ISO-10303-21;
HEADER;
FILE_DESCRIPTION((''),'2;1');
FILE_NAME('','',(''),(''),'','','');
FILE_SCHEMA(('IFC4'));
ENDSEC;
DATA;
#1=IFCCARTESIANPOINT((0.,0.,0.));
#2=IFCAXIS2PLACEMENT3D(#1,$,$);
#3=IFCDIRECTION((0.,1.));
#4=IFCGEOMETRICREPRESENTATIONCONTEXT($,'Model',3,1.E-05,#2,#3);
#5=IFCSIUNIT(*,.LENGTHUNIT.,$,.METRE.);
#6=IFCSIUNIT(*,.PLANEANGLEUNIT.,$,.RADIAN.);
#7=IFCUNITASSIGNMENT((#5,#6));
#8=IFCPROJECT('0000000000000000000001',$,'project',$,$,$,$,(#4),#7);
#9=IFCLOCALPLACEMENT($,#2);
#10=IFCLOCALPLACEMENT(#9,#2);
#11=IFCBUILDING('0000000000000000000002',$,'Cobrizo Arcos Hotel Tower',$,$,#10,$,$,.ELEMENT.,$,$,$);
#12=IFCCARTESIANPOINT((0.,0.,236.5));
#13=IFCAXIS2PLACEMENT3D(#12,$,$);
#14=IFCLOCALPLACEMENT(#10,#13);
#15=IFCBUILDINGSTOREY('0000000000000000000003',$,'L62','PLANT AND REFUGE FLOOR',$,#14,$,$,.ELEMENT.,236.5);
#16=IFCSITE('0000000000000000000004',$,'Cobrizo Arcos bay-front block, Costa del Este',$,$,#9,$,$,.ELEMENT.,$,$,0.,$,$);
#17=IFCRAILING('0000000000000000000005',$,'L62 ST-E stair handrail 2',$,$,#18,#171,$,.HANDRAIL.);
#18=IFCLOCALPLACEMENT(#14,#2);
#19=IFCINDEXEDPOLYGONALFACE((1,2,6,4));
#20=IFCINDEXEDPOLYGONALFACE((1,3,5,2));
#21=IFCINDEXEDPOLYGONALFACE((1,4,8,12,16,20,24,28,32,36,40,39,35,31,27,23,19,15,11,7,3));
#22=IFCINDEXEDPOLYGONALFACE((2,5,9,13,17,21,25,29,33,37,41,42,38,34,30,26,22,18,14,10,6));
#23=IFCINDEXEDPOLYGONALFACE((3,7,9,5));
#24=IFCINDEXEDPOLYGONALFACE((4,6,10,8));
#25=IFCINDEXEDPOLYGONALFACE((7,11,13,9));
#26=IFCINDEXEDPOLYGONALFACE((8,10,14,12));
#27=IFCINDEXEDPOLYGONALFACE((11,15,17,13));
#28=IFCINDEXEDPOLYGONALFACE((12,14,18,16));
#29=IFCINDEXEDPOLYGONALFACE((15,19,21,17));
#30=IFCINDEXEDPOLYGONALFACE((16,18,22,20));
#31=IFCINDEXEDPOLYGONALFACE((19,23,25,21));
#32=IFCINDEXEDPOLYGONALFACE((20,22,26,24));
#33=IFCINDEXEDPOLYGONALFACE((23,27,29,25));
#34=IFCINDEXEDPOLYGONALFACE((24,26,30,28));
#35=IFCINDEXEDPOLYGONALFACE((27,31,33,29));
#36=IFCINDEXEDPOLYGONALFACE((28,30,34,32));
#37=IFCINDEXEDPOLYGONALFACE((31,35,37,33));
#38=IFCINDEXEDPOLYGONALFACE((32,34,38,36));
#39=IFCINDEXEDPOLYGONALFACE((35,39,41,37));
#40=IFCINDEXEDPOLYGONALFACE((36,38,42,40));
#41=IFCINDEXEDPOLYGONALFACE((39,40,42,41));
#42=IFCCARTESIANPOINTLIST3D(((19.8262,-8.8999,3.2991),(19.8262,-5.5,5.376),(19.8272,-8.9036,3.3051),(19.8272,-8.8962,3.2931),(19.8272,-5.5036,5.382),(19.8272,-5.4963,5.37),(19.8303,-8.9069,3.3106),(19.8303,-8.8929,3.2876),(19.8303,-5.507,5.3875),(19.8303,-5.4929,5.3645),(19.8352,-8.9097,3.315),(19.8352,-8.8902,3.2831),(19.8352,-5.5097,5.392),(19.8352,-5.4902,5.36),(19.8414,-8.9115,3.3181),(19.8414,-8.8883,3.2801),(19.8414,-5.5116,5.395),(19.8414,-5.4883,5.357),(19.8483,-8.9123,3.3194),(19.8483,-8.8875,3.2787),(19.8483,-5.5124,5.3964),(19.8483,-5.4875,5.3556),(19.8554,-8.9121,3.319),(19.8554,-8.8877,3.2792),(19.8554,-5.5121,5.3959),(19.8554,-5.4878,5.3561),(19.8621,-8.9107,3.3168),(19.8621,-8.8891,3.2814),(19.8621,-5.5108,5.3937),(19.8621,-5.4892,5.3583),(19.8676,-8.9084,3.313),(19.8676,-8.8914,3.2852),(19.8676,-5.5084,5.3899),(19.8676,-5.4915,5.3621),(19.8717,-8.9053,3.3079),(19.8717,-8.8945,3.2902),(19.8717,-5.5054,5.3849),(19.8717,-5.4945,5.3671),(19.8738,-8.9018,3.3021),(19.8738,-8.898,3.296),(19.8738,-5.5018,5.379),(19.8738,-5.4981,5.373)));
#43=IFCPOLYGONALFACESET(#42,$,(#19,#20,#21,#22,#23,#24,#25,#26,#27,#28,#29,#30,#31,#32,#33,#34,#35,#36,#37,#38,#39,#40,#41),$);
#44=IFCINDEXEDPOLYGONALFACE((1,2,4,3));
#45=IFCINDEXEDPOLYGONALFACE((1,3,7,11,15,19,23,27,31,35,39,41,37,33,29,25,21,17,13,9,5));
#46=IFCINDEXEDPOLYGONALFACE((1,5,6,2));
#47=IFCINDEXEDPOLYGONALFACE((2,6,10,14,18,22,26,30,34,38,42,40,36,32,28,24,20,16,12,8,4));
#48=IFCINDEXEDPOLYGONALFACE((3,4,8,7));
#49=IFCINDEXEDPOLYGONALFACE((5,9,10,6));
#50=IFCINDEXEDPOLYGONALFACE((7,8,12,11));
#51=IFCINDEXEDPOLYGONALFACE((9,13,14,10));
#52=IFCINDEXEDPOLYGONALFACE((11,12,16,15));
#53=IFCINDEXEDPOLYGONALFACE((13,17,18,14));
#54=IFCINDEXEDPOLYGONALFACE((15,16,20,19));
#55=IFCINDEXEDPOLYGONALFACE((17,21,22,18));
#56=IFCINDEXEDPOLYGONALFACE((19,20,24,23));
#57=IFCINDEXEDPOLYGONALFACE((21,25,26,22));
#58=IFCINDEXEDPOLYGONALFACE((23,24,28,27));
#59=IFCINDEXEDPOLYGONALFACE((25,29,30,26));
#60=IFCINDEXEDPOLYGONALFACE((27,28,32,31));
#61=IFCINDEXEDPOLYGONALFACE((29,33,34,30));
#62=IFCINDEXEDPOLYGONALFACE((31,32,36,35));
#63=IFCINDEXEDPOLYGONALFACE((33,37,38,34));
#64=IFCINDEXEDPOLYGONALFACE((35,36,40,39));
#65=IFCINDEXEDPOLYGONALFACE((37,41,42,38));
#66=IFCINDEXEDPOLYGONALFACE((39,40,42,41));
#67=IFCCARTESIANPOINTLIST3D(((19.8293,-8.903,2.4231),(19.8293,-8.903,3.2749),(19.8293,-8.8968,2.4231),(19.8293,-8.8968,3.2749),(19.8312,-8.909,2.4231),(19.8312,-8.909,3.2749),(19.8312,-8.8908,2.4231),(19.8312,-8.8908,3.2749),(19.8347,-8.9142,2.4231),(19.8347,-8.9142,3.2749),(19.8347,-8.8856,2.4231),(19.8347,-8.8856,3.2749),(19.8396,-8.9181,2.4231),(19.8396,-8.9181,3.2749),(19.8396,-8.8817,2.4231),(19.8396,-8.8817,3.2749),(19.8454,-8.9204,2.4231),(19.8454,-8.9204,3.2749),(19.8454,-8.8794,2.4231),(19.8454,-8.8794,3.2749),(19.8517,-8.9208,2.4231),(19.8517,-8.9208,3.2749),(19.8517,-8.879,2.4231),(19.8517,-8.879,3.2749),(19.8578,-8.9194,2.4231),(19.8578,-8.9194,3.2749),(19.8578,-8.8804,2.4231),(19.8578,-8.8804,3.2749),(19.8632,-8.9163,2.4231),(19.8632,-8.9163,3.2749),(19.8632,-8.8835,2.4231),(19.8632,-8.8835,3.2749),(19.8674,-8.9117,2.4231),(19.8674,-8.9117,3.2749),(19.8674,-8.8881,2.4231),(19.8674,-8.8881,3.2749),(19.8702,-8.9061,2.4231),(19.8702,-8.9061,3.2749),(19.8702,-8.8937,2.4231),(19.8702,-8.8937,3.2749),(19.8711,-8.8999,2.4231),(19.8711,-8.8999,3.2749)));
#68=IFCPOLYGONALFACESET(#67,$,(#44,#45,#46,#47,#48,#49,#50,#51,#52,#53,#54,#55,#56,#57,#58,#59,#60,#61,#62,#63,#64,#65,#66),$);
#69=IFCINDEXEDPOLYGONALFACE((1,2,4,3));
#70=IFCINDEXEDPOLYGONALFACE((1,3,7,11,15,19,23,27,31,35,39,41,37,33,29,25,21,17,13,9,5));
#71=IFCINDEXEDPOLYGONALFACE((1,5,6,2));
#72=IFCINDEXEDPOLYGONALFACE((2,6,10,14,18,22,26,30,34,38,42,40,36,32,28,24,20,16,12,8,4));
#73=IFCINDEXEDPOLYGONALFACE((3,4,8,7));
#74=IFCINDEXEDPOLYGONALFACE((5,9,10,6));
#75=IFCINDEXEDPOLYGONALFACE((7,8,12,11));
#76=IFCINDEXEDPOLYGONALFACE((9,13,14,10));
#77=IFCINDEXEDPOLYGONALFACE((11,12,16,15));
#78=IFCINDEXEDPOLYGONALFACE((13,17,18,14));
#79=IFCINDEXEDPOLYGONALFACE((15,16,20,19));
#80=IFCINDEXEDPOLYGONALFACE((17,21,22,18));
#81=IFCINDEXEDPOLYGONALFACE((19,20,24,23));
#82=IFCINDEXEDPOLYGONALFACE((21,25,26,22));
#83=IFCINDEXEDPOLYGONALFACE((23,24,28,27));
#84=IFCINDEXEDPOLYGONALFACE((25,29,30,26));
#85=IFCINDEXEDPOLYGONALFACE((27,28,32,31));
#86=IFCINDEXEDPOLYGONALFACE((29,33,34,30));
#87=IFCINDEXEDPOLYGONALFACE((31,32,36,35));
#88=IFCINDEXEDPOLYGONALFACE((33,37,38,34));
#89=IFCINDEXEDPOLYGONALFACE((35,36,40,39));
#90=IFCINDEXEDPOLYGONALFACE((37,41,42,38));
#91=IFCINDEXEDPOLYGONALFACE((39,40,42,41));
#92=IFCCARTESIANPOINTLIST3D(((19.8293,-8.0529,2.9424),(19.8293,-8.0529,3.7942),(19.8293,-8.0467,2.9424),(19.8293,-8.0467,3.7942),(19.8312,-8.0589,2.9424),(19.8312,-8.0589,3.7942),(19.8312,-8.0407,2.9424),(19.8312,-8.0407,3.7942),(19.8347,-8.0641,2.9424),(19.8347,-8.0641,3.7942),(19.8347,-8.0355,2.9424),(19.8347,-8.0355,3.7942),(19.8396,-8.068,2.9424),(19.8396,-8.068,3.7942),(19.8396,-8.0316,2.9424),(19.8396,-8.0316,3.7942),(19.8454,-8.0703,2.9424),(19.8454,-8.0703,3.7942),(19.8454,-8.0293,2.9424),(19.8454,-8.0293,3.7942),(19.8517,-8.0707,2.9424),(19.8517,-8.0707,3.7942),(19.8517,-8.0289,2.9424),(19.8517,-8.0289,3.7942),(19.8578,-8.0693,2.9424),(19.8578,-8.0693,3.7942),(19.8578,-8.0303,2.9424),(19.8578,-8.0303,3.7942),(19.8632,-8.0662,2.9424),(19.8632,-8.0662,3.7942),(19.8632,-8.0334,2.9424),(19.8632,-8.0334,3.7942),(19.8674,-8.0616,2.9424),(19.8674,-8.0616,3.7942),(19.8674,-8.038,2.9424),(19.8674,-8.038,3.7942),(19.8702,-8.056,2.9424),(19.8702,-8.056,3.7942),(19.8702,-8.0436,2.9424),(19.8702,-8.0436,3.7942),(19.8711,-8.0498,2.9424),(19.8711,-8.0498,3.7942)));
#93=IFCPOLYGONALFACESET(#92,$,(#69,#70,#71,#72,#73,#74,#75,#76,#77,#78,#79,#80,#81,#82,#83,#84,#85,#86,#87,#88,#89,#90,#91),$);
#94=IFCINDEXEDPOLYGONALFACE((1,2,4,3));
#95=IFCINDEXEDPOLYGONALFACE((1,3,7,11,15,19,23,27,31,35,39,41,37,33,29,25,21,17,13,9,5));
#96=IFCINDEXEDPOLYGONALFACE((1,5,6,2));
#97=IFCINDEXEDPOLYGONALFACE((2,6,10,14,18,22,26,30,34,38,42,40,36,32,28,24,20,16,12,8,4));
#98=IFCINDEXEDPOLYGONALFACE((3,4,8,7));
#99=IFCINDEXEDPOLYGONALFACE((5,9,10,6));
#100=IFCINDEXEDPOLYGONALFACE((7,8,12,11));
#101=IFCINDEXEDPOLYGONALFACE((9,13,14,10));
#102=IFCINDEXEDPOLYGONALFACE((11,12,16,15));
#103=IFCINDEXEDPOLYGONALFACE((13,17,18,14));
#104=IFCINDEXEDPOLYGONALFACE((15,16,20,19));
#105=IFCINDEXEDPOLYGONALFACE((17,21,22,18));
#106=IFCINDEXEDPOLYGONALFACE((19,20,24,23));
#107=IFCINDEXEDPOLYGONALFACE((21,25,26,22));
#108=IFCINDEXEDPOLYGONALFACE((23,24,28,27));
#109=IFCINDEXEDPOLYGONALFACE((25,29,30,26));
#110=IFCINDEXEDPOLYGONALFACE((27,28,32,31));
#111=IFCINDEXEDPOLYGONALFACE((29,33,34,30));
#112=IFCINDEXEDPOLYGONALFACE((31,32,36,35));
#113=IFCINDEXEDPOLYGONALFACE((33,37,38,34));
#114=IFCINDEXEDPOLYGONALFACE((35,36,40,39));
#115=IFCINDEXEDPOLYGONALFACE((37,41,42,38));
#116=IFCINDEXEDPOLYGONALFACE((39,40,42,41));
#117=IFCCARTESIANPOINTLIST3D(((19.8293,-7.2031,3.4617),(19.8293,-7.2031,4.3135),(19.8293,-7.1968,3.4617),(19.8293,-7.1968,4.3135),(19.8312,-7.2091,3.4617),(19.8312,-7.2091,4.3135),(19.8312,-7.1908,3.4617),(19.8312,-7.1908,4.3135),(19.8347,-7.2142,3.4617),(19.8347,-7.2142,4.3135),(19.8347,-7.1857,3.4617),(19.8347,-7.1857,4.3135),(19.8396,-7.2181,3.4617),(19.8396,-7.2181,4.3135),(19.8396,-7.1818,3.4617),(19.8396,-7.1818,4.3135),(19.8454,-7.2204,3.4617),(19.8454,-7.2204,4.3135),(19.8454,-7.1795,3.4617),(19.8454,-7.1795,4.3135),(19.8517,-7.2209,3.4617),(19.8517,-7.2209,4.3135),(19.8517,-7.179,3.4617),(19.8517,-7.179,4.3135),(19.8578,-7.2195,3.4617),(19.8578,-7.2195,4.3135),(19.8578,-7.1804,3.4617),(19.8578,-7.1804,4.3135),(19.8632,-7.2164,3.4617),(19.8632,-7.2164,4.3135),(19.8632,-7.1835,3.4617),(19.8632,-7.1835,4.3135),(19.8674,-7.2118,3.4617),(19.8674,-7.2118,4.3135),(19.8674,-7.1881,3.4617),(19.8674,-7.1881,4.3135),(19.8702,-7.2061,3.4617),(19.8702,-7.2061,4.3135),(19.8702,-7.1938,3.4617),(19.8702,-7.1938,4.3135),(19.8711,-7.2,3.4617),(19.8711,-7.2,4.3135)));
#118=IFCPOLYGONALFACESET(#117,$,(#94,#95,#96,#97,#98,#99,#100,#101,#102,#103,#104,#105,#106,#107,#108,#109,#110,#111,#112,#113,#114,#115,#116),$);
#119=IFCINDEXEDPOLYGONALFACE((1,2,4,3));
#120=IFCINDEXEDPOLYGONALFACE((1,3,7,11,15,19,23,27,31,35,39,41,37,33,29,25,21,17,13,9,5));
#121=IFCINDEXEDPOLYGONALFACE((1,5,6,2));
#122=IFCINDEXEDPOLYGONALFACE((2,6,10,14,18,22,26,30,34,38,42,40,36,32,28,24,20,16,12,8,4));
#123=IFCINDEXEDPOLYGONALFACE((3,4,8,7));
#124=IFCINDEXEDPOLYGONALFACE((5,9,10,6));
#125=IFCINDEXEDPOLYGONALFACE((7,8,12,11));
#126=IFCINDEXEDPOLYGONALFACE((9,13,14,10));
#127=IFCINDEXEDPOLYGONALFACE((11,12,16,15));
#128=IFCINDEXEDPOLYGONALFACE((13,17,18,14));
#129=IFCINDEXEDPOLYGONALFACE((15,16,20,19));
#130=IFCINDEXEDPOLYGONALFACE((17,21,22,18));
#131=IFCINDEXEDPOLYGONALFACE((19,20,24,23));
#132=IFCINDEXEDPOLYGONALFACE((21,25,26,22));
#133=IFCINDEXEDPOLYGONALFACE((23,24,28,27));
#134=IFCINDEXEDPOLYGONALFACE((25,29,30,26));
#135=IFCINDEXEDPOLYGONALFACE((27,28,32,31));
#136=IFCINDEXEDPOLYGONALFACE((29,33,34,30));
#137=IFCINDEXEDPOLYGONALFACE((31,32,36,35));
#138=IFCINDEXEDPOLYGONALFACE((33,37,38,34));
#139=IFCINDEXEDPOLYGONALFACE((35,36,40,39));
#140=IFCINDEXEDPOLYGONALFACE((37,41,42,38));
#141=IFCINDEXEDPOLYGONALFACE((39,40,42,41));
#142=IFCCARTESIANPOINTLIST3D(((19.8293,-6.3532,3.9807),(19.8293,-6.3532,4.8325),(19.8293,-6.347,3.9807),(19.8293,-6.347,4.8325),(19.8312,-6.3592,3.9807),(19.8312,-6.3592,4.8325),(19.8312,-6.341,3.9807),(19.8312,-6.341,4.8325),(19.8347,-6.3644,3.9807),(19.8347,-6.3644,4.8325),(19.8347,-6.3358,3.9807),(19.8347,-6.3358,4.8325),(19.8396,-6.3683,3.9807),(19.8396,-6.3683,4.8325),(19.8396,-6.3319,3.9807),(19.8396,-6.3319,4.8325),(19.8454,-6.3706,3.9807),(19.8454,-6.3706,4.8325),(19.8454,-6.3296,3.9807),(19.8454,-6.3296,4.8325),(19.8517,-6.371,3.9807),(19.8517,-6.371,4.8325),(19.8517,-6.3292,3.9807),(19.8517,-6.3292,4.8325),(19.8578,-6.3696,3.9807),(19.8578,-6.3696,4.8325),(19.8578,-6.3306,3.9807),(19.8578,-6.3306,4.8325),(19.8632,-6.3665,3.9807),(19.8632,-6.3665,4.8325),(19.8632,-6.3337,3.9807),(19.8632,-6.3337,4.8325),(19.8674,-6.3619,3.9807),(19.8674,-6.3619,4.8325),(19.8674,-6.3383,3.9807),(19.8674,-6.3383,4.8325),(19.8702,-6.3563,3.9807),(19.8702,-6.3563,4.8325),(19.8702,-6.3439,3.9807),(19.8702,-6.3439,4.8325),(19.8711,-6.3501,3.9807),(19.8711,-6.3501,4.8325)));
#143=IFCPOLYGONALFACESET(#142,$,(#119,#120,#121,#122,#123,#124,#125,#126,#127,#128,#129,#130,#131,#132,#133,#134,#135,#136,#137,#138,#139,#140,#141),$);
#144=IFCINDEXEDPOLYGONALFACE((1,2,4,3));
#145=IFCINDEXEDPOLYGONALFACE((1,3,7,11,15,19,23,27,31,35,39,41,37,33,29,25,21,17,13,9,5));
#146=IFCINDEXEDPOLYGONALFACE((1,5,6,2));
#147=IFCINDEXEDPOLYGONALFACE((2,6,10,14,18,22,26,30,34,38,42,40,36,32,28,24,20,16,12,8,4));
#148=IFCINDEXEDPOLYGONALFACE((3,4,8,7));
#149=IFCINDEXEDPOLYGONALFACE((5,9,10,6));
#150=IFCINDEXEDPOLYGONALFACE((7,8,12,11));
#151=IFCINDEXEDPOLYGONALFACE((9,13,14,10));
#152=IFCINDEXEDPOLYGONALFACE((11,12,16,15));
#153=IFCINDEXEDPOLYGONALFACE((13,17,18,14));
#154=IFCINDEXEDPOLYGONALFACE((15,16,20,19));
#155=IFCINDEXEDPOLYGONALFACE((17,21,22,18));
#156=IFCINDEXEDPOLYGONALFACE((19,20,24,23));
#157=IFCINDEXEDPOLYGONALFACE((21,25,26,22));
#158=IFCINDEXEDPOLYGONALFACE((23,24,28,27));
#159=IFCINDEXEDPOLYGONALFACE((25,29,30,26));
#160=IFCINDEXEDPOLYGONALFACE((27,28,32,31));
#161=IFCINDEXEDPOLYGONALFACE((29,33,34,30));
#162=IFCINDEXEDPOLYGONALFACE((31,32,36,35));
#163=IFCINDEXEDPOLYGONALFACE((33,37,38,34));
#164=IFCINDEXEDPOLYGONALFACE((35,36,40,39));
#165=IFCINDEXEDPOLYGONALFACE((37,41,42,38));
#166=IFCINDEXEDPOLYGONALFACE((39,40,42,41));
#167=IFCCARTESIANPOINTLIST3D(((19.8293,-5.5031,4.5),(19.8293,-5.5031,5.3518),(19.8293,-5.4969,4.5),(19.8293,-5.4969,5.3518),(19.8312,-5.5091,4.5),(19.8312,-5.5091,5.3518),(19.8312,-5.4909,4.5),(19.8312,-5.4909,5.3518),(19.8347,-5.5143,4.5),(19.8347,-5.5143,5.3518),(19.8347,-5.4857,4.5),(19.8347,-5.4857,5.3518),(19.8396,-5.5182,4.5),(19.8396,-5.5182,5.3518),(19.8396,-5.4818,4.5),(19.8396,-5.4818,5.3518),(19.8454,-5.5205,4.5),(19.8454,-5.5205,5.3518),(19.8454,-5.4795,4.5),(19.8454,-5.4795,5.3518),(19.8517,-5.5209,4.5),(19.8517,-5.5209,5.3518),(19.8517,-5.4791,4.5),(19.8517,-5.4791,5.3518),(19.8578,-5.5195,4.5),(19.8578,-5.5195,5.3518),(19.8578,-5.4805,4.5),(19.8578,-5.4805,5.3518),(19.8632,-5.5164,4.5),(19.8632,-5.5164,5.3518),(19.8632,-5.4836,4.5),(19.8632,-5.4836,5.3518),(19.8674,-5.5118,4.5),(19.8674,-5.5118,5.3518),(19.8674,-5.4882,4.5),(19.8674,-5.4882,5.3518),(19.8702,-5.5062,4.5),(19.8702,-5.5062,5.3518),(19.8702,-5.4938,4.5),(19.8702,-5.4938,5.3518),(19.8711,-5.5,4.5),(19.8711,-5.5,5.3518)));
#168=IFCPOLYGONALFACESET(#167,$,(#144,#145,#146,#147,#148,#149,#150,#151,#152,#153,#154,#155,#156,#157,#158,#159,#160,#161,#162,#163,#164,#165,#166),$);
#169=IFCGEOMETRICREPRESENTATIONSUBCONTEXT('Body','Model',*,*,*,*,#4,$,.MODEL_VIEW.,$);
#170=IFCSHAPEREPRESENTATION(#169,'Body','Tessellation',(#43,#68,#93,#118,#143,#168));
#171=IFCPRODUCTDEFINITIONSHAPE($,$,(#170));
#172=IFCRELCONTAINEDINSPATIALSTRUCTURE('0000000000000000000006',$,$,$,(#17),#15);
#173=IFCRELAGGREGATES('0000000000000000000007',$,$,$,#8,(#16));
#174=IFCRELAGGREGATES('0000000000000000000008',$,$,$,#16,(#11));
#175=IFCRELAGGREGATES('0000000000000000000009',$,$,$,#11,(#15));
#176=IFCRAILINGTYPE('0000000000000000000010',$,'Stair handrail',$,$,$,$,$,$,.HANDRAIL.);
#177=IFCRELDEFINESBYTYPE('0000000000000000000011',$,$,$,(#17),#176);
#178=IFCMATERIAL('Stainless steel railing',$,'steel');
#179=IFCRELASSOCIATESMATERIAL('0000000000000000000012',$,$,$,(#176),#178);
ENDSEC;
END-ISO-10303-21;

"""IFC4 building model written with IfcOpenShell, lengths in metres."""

from ifc_helpers import new_model, si_unit, direction, frame, origin, origin_2d, place, context, subcontext, project, spatial, circle, extrude, material, type_object, element, save


model = new_model("IFC4")

# Units and contexts
model_context = context("Model", 3, precision=1e-05, world=origin(), true_north=direction((0.0, 1.0)))
body_context = subcontext(model_context, "Body", "Model", "MODEL_VIEW")
ifc_project = project(units=[si_unit("LENGTHUNIT", "METRE"), si_unit("PLANEANGLEUNIT", "RADIAN")], contexts=[model_context])

# Site, building, storey
site_placement = place(None, origin())
site = spatial("IfcSite", under=ifc_project, at=site_placement, Name="Cobrizo Arcos bay-front block, Costa del Este", CompositionType="ELEMENT", RefElevation=0.0)
building_placement = place(site_placement, origin())
building = spatial("IfcBuilding", under=site, at=building_placement, Name="Cobrizo Arcos Hotel Tower", CompositionType="ELEMENT")
storey_placement = place(building_placement, frame((0.0, 0.0, 236.5)))
storey = spatial("IfcBuildingStorey", under=building, at=storey_placement, Name="L62", Description="PLANT AND REFUGE FLOOR", CompositionType="ELEMENT", Elevation=236.5)

# Railing
ifc_material_1 = material(Name="Stainless steel railing", Category="steel")
railing_type_1 = type_object("IfcRailingType", Name="Stair handrail", PredefinedType="HANDRAIL", material=ifc_material_1)
railing_1_placement = place(storey_placement, frame((19.8501, -8.8999, 2.4231)))
element("IfcRailing", 1, at=railing_1_placement, inside=storey, type_object=railing_type_1, Name="L62 ST-E stair handrail 2", PredefinedType="HANDRAIL", context=body_context, shape_type="SweptSolid", body=[
    extrude(circle(Radius=0.0239, at=origin_2d()), frame((0.0, 0.0, 0.876), z_axis=(0.0, 0.853373, 0.521301), x_axis=(-1.0, 0.0, 0.0)), (0.0, 0.0, 1.0), 3.9841),
    extrude(circle(Radius=0.021, at=origin_2d()), origin(), (0.0, 0.0, 1.0), 0.8518),
    extrude(circle(Radius=0.021, at=origin_2d()), frame((0.0, 0.8501, 0.5193)), (0.0, 0.0, 1.0), 0.8518),
    extrude(circle(Radius=0.021, at=origin_2d()), frame((0.0, 1.7, 1.0386)), (0.0, 0.0, 1.0), 0.8518),
    extrude(circle(Radius=0.021, at=origin_2d()), frame((0.0, 2.5498, 1.5576)), (0.0, 0.0, 1.0), 0.8518),
    extrude(circle(Radius=0.021, at=origin_2d()), frame((0.0, 3.3999, 2.0769)), (0.0, 0.0, 1.0), 0.8518),
])

save(model, "model.ifc")
